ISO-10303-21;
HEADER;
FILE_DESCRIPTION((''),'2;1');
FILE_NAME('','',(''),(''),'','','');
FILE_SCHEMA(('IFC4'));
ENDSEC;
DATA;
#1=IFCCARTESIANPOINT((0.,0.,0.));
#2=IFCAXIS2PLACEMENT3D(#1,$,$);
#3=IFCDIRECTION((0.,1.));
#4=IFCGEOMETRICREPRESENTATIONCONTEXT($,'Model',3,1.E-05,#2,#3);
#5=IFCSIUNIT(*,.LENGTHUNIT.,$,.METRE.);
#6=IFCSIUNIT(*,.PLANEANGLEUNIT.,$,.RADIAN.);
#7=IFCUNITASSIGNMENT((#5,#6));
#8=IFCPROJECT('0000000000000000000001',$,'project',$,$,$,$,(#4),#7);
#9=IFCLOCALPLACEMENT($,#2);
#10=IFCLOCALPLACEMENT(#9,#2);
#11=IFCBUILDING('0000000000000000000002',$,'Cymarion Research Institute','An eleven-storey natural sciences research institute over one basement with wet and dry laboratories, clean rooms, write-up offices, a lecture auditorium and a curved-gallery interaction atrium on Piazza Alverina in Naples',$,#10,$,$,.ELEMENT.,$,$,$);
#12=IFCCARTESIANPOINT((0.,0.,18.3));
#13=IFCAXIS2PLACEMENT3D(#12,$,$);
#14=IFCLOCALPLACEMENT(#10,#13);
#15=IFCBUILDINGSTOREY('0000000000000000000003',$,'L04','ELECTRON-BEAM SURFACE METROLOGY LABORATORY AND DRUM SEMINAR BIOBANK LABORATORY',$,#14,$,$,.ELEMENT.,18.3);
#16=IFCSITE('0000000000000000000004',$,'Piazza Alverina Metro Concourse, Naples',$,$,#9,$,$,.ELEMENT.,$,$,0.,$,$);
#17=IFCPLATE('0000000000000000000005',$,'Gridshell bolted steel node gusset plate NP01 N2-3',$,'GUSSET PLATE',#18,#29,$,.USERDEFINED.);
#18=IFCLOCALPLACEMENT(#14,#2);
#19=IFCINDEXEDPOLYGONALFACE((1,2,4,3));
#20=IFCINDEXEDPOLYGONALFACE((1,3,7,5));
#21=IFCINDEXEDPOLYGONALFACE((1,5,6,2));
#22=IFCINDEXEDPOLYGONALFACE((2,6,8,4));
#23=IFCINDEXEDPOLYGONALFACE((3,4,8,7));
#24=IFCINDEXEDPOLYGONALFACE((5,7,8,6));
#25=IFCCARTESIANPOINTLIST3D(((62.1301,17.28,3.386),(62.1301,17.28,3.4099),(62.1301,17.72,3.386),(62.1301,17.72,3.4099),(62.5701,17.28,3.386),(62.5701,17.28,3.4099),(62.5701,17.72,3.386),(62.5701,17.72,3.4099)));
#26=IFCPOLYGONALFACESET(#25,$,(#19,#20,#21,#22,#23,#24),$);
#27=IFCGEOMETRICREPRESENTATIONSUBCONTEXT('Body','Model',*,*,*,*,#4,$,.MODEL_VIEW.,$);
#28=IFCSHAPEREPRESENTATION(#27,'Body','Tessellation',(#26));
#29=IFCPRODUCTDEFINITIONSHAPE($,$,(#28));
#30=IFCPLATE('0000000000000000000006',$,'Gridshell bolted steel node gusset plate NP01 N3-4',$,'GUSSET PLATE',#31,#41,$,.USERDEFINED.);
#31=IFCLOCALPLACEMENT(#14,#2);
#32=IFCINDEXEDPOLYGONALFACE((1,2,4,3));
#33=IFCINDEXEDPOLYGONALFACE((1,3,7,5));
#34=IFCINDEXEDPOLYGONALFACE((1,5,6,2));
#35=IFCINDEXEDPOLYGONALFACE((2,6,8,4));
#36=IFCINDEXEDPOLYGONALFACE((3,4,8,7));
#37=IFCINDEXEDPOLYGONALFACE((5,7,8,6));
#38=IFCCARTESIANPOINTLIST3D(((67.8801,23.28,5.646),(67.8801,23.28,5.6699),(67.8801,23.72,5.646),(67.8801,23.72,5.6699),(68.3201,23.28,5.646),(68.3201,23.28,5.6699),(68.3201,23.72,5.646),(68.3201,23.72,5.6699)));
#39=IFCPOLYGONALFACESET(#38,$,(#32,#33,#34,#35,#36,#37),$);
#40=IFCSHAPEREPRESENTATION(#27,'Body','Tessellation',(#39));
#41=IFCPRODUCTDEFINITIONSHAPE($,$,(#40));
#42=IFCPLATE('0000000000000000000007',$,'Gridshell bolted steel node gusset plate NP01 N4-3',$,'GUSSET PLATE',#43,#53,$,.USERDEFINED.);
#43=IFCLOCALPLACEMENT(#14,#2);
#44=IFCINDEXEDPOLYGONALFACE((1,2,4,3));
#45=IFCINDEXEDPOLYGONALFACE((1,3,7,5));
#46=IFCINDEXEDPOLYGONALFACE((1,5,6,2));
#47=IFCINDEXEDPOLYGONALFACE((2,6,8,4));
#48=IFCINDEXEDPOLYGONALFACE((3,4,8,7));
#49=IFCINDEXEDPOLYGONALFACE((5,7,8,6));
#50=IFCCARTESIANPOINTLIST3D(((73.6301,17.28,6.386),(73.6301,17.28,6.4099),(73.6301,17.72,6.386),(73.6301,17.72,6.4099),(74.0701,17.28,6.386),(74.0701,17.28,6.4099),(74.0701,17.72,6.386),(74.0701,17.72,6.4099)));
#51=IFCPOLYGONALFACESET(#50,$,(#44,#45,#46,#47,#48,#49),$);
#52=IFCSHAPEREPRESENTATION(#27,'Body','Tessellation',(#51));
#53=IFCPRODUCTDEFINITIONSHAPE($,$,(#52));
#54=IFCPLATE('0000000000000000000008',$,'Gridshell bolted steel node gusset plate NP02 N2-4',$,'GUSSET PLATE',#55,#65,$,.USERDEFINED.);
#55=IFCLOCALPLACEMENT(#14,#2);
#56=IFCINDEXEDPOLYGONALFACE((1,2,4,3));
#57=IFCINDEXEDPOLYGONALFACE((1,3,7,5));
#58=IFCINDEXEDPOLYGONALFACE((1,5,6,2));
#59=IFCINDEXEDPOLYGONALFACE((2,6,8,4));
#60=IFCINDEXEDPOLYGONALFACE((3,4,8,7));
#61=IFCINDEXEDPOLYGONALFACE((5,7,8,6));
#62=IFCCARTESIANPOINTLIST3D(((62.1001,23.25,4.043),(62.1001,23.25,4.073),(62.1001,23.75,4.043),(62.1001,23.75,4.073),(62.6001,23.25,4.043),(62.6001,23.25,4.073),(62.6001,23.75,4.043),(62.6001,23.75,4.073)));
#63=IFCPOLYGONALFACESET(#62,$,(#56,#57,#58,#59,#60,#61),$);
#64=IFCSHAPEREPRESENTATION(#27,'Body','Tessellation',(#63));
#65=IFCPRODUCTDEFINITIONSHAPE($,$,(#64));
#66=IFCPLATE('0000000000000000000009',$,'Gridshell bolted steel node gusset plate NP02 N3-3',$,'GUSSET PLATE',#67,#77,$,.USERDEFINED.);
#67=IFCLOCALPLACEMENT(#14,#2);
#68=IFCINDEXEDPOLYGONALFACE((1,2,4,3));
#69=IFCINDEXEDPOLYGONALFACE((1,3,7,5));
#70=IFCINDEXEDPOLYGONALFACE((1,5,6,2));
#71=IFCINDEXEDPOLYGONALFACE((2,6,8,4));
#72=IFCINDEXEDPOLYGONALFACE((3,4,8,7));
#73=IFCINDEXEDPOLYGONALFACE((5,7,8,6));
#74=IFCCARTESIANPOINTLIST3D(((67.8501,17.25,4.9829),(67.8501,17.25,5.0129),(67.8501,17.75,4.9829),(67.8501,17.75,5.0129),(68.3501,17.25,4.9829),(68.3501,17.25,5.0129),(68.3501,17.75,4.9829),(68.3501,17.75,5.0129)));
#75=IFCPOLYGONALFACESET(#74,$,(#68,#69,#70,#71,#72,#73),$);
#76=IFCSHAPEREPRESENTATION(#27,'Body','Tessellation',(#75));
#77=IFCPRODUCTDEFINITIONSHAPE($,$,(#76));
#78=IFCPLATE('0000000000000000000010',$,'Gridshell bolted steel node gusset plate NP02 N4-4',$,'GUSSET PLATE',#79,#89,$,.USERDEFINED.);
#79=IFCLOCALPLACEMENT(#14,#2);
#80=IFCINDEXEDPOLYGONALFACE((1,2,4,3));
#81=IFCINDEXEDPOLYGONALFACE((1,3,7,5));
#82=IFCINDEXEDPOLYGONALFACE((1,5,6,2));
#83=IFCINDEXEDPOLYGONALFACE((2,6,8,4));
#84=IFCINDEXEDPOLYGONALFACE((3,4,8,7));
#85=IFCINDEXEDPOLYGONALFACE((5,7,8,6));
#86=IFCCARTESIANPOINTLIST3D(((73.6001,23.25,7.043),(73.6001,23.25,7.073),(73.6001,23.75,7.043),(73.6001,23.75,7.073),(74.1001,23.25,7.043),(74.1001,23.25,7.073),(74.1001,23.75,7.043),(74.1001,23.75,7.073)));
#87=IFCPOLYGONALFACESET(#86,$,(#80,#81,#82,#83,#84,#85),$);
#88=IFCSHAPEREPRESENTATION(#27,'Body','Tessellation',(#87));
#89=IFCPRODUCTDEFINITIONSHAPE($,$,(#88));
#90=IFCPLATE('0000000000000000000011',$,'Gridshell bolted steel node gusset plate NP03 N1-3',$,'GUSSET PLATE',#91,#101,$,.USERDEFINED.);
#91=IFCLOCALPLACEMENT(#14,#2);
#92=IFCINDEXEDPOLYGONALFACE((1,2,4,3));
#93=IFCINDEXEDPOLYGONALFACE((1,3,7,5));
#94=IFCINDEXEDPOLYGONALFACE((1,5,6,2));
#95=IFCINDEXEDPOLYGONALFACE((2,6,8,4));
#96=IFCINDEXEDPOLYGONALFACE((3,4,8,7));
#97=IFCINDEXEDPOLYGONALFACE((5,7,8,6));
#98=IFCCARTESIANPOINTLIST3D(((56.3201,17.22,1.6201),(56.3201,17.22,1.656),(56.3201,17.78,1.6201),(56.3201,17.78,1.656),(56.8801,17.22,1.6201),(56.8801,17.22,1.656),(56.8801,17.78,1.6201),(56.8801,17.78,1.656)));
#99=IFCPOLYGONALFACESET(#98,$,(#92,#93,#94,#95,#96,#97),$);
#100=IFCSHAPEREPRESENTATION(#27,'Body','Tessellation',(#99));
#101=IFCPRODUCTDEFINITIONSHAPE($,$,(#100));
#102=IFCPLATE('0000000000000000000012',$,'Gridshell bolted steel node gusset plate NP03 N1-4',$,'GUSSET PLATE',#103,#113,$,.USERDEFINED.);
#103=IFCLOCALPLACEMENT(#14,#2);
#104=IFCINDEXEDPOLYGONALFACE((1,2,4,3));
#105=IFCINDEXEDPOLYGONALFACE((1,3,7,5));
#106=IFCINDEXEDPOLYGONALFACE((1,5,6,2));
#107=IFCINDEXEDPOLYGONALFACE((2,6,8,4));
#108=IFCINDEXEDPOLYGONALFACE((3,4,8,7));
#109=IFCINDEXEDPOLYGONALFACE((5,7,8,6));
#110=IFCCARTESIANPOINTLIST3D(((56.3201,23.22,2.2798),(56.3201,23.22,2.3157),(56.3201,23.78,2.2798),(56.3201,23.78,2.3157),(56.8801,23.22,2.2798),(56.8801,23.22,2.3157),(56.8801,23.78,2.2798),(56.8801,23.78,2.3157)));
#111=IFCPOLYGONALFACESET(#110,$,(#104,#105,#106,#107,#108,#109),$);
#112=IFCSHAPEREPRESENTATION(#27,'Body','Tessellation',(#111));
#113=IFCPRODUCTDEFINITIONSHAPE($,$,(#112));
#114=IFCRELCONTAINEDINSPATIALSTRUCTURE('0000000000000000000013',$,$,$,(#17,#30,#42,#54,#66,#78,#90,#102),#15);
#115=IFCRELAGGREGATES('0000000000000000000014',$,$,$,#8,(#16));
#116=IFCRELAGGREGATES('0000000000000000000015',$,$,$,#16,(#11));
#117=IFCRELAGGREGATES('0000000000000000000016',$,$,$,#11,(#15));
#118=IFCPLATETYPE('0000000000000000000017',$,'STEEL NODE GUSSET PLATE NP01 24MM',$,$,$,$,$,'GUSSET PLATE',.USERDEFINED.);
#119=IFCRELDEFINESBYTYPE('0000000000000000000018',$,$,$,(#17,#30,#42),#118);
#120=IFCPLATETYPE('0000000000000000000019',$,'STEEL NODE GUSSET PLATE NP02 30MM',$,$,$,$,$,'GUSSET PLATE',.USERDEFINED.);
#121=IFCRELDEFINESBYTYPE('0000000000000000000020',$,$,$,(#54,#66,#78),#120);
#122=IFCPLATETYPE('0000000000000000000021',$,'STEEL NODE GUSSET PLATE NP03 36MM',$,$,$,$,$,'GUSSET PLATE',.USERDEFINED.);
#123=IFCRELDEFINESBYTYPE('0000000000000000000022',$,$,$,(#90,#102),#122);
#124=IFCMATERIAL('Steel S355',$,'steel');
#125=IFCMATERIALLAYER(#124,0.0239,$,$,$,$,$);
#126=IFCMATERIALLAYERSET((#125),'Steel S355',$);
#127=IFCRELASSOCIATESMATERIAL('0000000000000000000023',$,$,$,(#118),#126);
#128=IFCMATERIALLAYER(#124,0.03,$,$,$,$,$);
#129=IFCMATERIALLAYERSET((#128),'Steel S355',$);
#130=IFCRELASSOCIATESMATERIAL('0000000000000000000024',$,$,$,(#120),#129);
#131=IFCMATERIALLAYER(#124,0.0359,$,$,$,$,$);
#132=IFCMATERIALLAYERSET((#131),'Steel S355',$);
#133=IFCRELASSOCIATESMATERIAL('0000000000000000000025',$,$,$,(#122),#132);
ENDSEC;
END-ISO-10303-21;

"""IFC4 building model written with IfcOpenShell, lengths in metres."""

from ifc_helpers import new_model, si_unit, direction, frame, origin, origin_2d, place, context, subcontext, project, spatial, rectangle, extrude, material, layer, layer_set, type_object, element, save


model = new_model("IFC4")

# Units and contexts
model_context = context("Model", 3, precision=1e-05, world=origin(), true_north=direction((0.0, 1.0)))
body_context = subcontext(model_context, "Body", "Model", "MODEL_VIEW")
ifc_project = project(units=[si_unit("LENGTHUNIT", "METRE"), si_unit("PLANEANGLEUNIT", "RADIAN")], contexts=[model_context])

# Site, building, storey
site_placement = place(None, origin())
site = spatial("IfcSite", under=ifc_project, at=site_placement, Name="Piazza Alverina Metro Concourse, Naples", CompositionType="ELEMENT", RefElevation=0.0)
building_placement = place(site_placement, origin())
building = spatial("IfcBuilding", under=site, at=building_placement, Name="Cymarion Research Institute", Description="An eleven-storey natural sciences research institute over one basement with wet and dry laboratories, clean rooms, write-up offices, a lecture auditorium and a curved-gallery interaction atrium on Piazza Alverina in Naples", CompositionType="ELEMENT")
storey_placement = place(building_placement, frame((0.0, 0.0, 18.3)))
storey = spatial("IfcBuildingStorey", under=building, at=storey_placement, Name="L04", Description="ELECTRON-BEAM SURFACE METROLOGY LABORATORY AND DRUM SEMINAR BIOBANK LABORATORY", CompositionType="ELEMENT", Elevation=18.3)

# Shared definitions
ifc_material_1 = material(Name="Steel S355", Category="steel")

# Plates
ifc_layer_1 = layer(ifc_material_1, 0.0239)
ifc_layer_set_1 = layer_set([ifc_layer_1], Name="Steel S355")
plate_type_1 = type_object("IfcPlateType", Name="STEEL NODE GUSSET PLATE NP01 24MM", ElementType="GUSSET PLATE", PredefinedType="USERDEFINED", material=ifc_layer_set_1)
for number, where, z_axis, x_axis, name in (
    (1, (62.3501, 17.5, 3.386), (0.0, 0.0, 1.0), (1.0, 0.0, 0.0), "Gridshell bolted steel node gusset plate NP01 N2-3"),
    (2, (68.1001, 23.5, 5.646), (0.0, 0.0, 1.0), (1.0, 0.0, 0.0), "Gridshell bolted steel node gusset plate NP01 N3-4"),
    (3, (73.8501, 17.5, 6.386), (0.0, 0.0, 1.0), (1.0, 0.0, 0.0), "Gridshell bolted steel node gusset plate NP01 N4-3"),
):
    element("IfcPlate", number, at=place(storey_placement, frame(where, z_axis=z_axis, x_axis=x_axis)), inside=storey, type_object=plate_type_1, Name=name, ObjectType="GUSSET PLATE", PredefinedType="USERDEFINED", context=body_context, shape_type="SweptSolid", body=[
        extrude(rectangle(XDim=0.4399, YDim=0.4399, at=origin_2d()), origin(), (0.0, 0.0, 1.0), 0.0239),
    ])
ifc_layer_2 = layer(ifc_material_1, 0.03)
ifc_layer_set_2 = layer_set([ifc_layer_2], Name="Steel S355")
plate_type_2 = type_object("IfcPlateType", Name="STEEL NODE GUSSET PLATE NP02 30MM", ElementType="GUSSET PLATE", PredefinedType="USERDEFINED", material=ifc_layer_set_2)
for number, where, z_axis, x_axis, name in (
    (4, (62.3501, 23.5, 4.043), (0.0, 0.0, 1.0), (1.0, 0.0, 0.0), "Gridshell bolted steel node gusset plate NP02 N2-4"),
    (5, (68.1001, 17.5, 4.9829), (0.0, 0.0, 1.0), (1.0, 0.0, 0.0), "Gridshell bolted steel node gusset plate NP02 N3-3"),
    (6, (73.8501, 23.5, 7.043), (0.0, 0.0, 1.0), (1.0, 0.0, 0.0), "Gridshell bolted steel node gusset plate NP02 N4-4"),
):
    element("IfcPlate", number, at=place(storey_placement, frame(where, z_axis=z_axis, x_axis=x_axis)), inside=storey, type_object=plate_type_2, Name=name, ObjectType="GUSSET PLATE", PredefinedType="USERDEFINED", context=body_context, shape_type="SweptSolid", body=[
        extrude(rectangle(XDim=0.5, YDim=0.5, at=origin_2d()), origin(), (0.0, 0.0, 1.0), 0.03),
    ])
ifc_layer_3 = layer(ifc_material_1, 0.0359)
ifc_layer_set_3 = layer_set([ifc_layer_3], Name="Steel S355")
plate_type_3 = type_object("IfcPlateType", Name="STEEL NODE GUSSET PLATE NP03 36MM", ElementType="GUSSET PLATE", PredefinedType="USERDEFINED", material=ifc_layer_set_3)
for number, where, z_axis, x_axis, name in (
    (7, (56.6001, 17.5, 1.6201), (0.0, 0.0, 1.0), (1.0, 0.0, 0.0), "Gridshell bolted steel node gusset plate NP03 N1-3"),
    (8, (56.6001, 23.5, 2.2798), (0.0, 0.0, 1.0), (1.0, 0.0, 0.0), "Gridshell bolted steel node gusset plate NP03 N1-4"),
):
    element("IfcPlate", number, at=place(storey_placement, frame(where, z_axis=z_axis, x_axis=x_axis)), inside=storey, type_object=plate_type_3, Name=name, ObjectType="GUSSET PLATE", PredefinedType="USERDEFINED", context=body_context, shape_type="SweptSolid", body=[
        extrude(rectangle(XDim=0.5601, YDim=0.5601, at=origin_2d()), origin(), (0.0, 0.0, 1.0), 0.0359),
    ])

save(model, "model.ifc")
